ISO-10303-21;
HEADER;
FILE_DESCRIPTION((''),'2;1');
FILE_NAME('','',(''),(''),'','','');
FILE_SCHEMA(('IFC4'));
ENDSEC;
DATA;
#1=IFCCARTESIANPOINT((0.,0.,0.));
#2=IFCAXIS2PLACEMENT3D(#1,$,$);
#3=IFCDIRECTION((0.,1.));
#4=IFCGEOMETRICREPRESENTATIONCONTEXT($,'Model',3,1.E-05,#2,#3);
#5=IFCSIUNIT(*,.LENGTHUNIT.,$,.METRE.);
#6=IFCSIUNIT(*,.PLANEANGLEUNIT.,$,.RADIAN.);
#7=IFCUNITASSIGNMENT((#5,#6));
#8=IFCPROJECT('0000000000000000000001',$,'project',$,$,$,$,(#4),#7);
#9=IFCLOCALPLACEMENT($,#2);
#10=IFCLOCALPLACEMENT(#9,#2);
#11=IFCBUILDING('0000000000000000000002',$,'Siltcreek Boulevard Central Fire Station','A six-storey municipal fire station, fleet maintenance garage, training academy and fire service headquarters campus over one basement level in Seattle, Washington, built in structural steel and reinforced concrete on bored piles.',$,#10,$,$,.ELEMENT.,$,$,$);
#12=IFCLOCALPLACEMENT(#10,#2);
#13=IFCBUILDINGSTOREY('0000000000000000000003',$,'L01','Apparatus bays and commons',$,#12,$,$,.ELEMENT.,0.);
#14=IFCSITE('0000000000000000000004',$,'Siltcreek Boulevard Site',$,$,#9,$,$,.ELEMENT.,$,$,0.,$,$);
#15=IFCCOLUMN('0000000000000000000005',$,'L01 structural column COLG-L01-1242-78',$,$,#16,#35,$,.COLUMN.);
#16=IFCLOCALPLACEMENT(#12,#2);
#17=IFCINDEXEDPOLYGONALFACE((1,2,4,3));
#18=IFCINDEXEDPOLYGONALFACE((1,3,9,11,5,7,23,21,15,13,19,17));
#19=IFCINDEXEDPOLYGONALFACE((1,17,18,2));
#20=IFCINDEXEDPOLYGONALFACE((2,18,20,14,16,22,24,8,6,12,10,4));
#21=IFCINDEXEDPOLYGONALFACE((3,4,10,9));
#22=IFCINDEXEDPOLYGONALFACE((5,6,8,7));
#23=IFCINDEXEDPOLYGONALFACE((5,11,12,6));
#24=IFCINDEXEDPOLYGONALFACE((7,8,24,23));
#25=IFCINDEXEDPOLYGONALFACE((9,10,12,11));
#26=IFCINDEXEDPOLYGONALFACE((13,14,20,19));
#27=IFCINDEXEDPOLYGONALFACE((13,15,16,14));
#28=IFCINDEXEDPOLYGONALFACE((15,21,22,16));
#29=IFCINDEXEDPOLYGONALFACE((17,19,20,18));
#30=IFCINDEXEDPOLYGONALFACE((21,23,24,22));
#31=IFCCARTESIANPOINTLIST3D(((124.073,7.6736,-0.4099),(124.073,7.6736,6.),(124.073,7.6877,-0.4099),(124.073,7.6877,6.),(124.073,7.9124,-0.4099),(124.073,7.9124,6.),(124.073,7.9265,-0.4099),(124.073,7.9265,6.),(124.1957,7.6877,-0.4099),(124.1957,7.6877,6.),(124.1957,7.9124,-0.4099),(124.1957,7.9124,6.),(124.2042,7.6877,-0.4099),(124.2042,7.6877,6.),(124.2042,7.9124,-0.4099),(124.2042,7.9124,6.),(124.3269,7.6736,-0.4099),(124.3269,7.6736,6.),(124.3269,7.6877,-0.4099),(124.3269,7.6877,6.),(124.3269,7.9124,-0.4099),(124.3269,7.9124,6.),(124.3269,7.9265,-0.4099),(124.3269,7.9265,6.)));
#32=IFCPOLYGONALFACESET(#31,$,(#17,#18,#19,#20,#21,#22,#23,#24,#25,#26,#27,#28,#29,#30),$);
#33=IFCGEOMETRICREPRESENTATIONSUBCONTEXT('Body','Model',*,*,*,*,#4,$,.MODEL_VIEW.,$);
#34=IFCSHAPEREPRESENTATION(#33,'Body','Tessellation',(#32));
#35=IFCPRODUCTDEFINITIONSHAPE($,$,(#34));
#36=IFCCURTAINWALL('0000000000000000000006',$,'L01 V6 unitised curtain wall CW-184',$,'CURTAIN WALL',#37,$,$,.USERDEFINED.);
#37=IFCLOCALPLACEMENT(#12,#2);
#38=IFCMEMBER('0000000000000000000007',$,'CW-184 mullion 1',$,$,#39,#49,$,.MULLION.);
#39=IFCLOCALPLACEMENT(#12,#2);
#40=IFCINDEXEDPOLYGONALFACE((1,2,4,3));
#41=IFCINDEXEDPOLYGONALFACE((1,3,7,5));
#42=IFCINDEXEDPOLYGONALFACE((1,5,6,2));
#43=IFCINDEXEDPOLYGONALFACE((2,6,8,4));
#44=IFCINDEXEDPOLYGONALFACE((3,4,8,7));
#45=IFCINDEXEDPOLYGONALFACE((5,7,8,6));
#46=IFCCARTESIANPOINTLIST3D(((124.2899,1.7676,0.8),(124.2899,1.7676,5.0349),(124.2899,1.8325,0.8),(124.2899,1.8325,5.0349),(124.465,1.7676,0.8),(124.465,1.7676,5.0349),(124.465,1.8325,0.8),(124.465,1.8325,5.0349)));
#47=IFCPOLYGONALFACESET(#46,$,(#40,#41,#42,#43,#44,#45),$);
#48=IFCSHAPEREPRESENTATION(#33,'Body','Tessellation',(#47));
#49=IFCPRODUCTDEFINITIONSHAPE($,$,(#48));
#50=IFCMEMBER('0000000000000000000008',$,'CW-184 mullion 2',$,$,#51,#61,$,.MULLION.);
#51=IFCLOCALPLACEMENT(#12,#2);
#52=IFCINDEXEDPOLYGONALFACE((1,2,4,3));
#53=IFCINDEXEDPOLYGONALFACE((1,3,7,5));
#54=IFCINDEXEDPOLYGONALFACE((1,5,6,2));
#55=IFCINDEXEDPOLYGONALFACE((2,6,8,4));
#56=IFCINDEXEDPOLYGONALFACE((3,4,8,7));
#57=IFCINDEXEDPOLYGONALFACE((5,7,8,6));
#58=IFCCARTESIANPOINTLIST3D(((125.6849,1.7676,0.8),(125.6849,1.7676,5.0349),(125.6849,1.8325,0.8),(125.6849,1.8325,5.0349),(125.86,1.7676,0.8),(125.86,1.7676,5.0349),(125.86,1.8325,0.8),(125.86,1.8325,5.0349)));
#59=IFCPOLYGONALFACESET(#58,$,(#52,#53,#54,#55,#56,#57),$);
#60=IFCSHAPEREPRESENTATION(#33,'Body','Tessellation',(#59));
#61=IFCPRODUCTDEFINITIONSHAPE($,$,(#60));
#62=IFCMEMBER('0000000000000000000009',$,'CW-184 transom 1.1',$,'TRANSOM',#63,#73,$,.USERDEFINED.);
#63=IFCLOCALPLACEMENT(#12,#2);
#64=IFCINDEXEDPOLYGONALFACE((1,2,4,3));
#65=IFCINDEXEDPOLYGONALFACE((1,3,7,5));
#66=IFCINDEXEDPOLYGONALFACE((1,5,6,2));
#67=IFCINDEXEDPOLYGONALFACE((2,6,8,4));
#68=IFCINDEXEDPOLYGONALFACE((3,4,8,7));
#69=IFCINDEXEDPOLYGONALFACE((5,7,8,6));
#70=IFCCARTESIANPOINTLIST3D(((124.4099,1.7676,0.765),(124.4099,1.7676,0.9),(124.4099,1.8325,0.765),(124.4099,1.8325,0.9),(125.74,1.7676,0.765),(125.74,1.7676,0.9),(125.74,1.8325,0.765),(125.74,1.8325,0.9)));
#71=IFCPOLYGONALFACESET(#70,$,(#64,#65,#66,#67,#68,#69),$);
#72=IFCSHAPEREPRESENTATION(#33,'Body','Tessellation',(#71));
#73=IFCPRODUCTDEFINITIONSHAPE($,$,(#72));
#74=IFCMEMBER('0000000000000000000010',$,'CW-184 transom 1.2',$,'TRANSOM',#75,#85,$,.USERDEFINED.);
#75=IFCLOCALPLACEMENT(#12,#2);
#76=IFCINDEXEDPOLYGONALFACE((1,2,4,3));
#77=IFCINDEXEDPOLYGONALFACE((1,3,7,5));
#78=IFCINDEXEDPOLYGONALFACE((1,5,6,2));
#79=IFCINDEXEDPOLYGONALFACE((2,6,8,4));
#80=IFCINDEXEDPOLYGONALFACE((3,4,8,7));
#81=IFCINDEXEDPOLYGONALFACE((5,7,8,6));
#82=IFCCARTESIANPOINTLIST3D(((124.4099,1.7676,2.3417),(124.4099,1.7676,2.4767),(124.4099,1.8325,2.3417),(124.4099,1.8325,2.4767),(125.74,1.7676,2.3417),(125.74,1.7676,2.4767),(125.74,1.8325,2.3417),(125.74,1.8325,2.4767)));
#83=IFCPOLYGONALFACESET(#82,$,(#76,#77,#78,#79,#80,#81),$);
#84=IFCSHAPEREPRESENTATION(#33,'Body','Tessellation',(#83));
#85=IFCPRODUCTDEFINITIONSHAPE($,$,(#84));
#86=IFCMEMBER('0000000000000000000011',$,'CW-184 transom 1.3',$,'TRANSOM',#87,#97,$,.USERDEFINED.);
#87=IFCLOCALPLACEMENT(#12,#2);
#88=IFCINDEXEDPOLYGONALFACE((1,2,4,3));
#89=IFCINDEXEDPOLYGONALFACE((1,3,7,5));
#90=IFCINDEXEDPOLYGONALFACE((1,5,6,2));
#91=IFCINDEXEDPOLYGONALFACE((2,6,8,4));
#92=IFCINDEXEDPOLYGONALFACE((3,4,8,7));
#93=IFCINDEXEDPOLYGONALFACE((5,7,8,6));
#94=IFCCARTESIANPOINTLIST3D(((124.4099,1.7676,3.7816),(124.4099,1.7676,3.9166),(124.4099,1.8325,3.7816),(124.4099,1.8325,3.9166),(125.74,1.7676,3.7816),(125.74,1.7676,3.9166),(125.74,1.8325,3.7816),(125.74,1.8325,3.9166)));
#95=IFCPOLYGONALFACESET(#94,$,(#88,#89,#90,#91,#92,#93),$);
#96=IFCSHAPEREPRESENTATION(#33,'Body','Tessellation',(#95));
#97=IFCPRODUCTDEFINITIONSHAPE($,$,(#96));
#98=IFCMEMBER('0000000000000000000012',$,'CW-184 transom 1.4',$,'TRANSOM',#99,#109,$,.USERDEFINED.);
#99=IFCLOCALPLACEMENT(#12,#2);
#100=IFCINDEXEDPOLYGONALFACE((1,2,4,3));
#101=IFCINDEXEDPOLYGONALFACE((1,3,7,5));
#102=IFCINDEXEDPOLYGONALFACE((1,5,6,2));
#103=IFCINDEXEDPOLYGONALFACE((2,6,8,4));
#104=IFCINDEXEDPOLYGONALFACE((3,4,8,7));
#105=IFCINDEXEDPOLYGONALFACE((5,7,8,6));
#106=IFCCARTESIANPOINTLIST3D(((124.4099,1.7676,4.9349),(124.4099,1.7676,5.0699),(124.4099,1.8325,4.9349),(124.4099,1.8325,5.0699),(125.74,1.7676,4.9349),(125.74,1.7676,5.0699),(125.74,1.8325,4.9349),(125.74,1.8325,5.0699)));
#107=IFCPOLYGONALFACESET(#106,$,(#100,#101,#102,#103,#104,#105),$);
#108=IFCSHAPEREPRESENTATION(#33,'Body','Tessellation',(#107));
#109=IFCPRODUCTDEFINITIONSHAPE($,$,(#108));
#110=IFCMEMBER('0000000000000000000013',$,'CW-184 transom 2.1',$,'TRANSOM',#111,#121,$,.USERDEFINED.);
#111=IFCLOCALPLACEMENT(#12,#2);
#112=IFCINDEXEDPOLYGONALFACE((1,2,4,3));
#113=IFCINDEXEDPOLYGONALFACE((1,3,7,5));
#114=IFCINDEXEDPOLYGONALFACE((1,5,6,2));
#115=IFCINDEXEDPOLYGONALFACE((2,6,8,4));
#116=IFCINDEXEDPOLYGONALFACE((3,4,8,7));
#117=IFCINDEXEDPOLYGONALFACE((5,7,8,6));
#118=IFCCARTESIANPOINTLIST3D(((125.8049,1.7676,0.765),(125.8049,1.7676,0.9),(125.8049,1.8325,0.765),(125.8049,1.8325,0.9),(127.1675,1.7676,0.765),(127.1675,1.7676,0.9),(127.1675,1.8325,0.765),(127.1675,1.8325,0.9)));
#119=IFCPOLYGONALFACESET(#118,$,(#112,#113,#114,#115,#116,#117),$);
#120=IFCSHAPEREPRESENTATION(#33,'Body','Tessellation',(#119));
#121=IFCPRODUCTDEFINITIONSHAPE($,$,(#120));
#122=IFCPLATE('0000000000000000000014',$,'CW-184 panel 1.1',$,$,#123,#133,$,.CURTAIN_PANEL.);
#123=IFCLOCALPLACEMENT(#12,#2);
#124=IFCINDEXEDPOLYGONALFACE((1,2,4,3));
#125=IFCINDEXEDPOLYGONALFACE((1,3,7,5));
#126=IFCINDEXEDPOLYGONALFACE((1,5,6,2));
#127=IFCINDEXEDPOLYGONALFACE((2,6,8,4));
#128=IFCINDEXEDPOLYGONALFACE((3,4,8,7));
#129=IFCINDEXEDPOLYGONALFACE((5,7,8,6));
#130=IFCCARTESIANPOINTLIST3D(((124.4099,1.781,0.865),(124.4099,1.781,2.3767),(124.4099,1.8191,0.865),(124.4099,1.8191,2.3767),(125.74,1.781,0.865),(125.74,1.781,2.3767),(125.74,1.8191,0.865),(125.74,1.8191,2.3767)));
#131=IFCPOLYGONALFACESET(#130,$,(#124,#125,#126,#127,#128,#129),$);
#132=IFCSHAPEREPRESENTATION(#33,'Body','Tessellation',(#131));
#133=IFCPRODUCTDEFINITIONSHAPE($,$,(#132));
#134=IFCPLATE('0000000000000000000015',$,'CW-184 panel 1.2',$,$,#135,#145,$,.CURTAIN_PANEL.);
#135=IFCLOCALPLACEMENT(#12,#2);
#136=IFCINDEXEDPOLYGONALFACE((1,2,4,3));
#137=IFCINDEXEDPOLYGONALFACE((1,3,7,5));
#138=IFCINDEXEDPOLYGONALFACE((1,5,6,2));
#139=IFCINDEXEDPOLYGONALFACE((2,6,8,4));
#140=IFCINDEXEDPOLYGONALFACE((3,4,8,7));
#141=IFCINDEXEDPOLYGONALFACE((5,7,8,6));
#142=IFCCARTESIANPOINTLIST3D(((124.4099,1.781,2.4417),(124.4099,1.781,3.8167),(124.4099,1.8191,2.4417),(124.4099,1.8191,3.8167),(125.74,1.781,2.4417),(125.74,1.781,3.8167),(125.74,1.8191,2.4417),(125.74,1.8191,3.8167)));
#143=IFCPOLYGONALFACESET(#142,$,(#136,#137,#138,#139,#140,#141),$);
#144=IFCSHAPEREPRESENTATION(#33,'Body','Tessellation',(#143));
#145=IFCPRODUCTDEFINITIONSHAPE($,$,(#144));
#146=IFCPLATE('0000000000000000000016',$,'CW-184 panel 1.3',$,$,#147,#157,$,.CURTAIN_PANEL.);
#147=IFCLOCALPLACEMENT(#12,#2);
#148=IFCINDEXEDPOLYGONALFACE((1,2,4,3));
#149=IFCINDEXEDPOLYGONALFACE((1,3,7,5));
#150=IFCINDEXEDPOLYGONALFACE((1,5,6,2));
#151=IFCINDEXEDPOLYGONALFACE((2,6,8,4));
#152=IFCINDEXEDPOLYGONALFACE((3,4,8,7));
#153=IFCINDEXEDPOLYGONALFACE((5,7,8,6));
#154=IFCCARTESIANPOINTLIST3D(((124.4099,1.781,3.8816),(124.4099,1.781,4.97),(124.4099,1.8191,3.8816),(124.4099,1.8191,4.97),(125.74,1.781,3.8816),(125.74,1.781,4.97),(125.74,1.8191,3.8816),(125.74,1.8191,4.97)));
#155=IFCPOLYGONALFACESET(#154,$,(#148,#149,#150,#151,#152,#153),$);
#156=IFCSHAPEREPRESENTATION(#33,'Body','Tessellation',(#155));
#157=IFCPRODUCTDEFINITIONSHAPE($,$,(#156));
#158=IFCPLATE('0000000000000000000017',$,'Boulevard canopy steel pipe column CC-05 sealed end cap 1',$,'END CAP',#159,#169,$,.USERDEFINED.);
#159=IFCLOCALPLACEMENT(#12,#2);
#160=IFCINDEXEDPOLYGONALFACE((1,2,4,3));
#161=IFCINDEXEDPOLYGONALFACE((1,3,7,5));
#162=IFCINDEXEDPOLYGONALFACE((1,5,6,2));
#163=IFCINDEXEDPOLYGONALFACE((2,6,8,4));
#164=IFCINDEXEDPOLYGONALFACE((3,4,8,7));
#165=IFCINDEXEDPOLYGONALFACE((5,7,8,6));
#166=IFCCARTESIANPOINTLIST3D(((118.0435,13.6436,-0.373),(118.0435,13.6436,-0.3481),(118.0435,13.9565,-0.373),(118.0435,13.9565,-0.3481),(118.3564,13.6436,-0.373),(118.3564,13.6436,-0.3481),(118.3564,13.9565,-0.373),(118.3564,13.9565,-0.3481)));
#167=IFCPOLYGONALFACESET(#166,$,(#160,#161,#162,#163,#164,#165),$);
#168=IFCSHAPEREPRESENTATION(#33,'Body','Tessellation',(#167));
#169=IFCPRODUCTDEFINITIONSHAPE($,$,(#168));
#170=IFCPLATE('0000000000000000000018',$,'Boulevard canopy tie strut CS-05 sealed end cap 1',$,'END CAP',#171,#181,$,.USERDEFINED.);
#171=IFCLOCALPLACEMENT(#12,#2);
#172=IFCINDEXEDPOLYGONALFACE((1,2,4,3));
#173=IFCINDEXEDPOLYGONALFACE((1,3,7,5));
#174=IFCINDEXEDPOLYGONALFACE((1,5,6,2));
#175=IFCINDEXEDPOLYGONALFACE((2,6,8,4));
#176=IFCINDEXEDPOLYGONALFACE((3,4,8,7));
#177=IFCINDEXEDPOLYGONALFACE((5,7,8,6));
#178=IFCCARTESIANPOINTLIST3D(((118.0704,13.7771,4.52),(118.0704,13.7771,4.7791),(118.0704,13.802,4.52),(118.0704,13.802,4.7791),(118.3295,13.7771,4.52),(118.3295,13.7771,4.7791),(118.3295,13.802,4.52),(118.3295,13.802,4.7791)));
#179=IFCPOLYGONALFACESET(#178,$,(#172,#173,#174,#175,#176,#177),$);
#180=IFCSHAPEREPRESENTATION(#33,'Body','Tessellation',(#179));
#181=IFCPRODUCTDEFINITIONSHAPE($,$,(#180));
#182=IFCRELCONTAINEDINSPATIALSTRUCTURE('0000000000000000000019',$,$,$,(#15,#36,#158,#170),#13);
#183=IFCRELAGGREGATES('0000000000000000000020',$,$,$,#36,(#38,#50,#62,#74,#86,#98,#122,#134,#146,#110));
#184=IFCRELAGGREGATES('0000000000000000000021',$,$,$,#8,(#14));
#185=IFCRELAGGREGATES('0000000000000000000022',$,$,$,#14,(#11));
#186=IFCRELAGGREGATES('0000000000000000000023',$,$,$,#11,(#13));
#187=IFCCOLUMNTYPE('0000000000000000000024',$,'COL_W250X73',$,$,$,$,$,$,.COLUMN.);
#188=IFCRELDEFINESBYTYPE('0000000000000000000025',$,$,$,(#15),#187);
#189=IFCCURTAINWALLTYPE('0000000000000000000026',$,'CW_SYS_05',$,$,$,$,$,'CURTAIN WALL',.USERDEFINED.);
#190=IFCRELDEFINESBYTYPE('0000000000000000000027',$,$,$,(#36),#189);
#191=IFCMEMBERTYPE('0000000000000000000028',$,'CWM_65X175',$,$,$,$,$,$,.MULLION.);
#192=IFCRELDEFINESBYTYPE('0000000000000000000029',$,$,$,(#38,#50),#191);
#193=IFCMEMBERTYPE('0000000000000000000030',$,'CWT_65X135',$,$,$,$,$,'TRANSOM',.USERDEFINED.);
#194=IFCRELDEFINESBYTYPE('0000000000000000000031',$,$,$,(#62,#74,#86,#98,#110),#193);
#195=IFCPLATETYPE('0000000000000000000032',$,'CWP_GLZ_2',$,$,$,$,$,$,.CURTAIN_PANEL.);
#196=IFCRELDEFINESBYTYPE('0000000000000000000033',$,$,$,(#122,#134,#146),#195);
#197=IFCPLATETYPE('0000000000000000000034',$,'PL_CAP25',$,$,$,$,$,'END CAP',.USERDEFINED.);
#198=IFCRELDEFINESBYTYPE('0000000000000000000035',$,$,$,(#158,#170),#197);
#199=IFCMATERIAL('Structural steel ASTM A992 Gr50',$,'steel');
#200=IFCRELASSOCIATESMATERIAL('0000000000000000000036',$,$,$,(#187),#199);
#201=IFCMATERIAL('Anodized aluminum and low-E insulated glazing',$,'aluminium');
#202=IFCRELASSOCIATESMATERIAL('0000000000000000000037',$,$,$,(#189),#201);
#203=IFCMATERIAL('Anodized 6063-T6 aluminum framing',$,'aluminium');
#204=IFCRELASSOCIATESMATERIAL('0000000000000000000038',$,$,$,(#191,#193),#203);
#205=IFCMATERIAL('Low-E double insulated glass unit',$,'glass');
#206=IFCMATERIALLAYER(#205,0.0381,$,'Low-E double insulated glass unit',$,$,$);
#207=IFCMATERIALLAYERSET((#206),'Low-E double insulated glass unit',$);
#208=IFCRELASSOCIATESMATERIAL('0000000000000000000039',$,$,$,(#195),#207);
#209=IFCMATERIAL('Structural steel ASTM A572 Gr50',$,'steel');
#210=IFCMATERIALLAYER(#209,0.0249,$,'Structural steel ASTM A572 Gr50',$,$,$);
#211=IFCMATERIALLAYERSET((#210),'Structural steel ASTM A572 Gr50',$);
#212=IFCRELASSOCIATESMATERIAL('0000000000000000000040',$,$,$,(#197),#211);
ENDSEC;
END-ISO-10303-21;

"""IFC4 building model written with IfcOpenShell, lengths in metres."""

from ifc_helpers import new_model, si_unit, direction, frame, origin, origin_2d, place, context, subcontext, project, spatial, rectangle, i_section, extrude, material, layer, layer_set, material_profile, profile_set, type_object, element, aggregate, save


model = new_model("IFC4")

# Units and contexts
model_context = context("Model", 3, precision=1e-05, world=origin(), true_north=direction((0.0, 1.0)))
body_context = subcontext(model_context, "Body", "Model", "MODEL_VIEW")
ifc_project = project(units=[si_unit("LENGTHUNIT", "METRE"), si_unit("PLANEANGLEUNIT", "RADIAN")], contexts=[model_context])

# Site, building, storey
site_placement = place(None, origin())
site = spatial("IfcSite", under=ifc_project, at=site_placement, Name="Siltcreek Boulevard Site", CompositionType="ELEMENT", RefElevation=0.0)
building_placement = place(site_placement, origin())
building = spatial("IfcBuilding", under=site, at=building_placement, Name="Siltcreek Boulevard Central Fire Station", Description="A six-storey municipal fire station, fleet maintenance garage, training academy and fire service headquarters campus over one basement level in Seattle, Washington, built in structural steel and reinforced concrete on bored piles.", CompositionType="ELEMENT")
storey_placement = place(building_placement, origin())
storey = spatial("IfcBuildingStorey", under=building, at=storey_placement, Name="L01", Description="Apparatus bays and commons", CompositionType="ELEMENT", Elevation=0.0)

# Column
ifc_material_1 = material(Name="Structural steel ASTM A992 Gr50", Category="steel")
ifc_material_profile_1 = material_profile(ifc_material_1, i_section(OverallWidth=0.2539, OverallDepth=0.2529, WebThickness=0.0085, FlangeThickness=0.0142, at=origin_2d()), Name="W250X73")
ifc_profile_set_1 = profile_set([ifc_material_profile_1], Name="Structural steel ASTM A992 Gr50")
column_type_1 = type_object("IfcColumnType", Name="COL_W250X73", PredefinedType="COLUMN", material=ifc_profile_set_1)
for number, where, z_axis, x_axis, name in (
    (1, (124.2, 7.8, -0.4099), (0.0, 0.0, 1.0), (1.0, 0.0, 0.0), "L01 structural column COLG-L01-1242-78"),
):
    element("IfcColumn", number, at=place(storey_placement, frame(where, z_axis=z_axis, x_axis=x_axis)), inside=storey, type_object=column_type_1, Name=name, PredefinedType="COLUMN", context=body_context, shape_type="SweptSolid", body=[
        extrude(i_section(OverallWidth=0.2539, OverallDepth=0.2529, WebThickness=0.0085, FlangeThickness=0.0142, at=origin_2d()), origin(), (0.0, 0.0, 1.0), 6.4099),
    ])

# Curtain wall, members, plates
ifc_material_2 = material(Name="Anodized aluminum and low-E insulated glazing", Category="aluminium")
curtain_wall_type = type_object("IfcCurtainWallType", Name="CW_SYS_05", ElementType="CURTAIN WALL", PredefinedType="USERDEFINED", material=ifc_material_2)
curtain_wall_placement = place(storey_placement, origin())
curtain_wall = element("IfcCurtainWall", 2, at=curtain_wall_placement, inside=storey, type_object=curtain_wall_type, Name="L01 V6 unitised curtain wall CW-184", ObjectType="CURTAIN WALL", PredefinedType="USERDEFINED")
ifc_material_3 = material(Name="Anodized 6063-T6 aluminum framing", Category="aluminium")
ifc_material_profile_2 = material_profile(ifc_material_3, rectangle(XDim=0.0649, YDim=0.175, at=origin_2d()), Name="MULL65X175")
ifc_profile_set_2 = profile_set([ifc_material_profile_2], Name="Anodized 6063-T6 aluminum framing")
member_type_1 = type_object("IfcMemberType", Name="CWM_65X175", PredefinedType="MULLION", material=ifc_profile_set_2)
member_1_placement = place(storey_placement, frame((124.3774, 1.8, 0.8), z_axis=(0.0, 0.0, 1.0), x_axis=(0.0, 1.0, 0.0)))
member_1 = element("IfcMember", 3, at=member_1_placement, type_object=member_type_1, Name="CW-184 mullion 1", PredefinedType="MULLION", context=body_context, shape_type="SweptSolid", body=[
    extrude(rectangle(XDim=0.0649, YDim=0.175, at=origin_2d()), origin(), (0.0, 0.0, 1.0), 4.2349),
])
member_2_placement = place(storey_placement, frame((125.7725, 1.8, 0.8), z_axis=(0.0, 0.0, 1.0), x_axis=(0.0, 1.0, 0.0)))
member_2 = element("IfcMember", 4, at=member_2_placement, type_object=member_type_1, Name="CW-184 mullion 2", PredefinedType="MULLION", context=body_context, shape_type="SweptSolid", body=[
    extrude(rectangle(XDim=0.0649, YDim=0.175, at=origin_2d()), origin(), (0.0, 0.0, 1.0), 4.2349),
])
ifc_material_profile_3 = material_profile(ifc_material_3, rectangle(XDim=0.0649, YDim=0.135, at=origin_2d()), Name="TRAN65X135")
ifc_profile_set_3 = profile_set([ifc_material_profile_3], Name="Anodized 6063-T6 aluminum framing")
member_type_2 = type_object("IfcMemberType", Name="CWT_65X135", ElementType="TRANSOM", PredefinedType="USERDEFINED", material=ifc_profile_set_3)
member_3_placement = place(storey_placement, frame((124.4099, 1.8, 0.8325), z_axis=(1.0, 0.0, 0.0), x_axis=(0.0, 1.0, 0.0)))
member_3 = element("IfcMember", 5, at=member_3_placement, type_object=member_type_2, Name="CW-184 transom 1.1", ObjectType="TRANSOM", PredefinedType="USERDEFINED", context=body_context, shape_type="SweptSolid", body=[
    extrude(rectangle(XDim=0.0649, YDim=0.135, at=origin_2d()), origin(), (0.0, 0.0, 1.0), 1.3301),
])
member_4_placement = place(storey_placement, frame((124.4099, 1.8, 2.4092), z_axis=(1.0, 0.0, 0.0), x_axis=(0.0, 1.0, 0.0)))
member_4 = element("IfcMember", 6, at=member_4_placement, type_object=member_type_2, Name="CW-184 transom 1.2", ObjectType="TRANSOM", PredefinedType="USERDEFINED", context=body_context, shape_type="SweptSolid", body=[
    extrude(rectangle(XDim=0.0649, YDim=0.135, at=origin_2d()), origin(), (0.0, 0.0, 1.0), 1.3301),
])
member_5_placement = place(storey_placement, frame((124.4099, 1.8, 3.8491), z_axis=(1.0, 0.0, 0.0), x_axis=(0.0, 1.0, 0.0)))
member_5 = element("IfcMember", 7, at=member_5_placement, type_object=member_type_2, Name="CW-184 transom 1.3", ObjectType="TRANSOM", PredefinedType="USERDEFINED", context=body_context, shape_type="SweptSolid", body=[
    extrude(rectangle(XDim=0.0649, YDim=0.135, at=origin_2d()), origin(), (0.0, 0.0, 1.0), 1.3301),
])
member_6_placement = place(storey_placement, frame((124.4099, 1.8, 5.0024), z_axis=(1.0, 0.0, 0.0), x_axis=(0.0, 1.0, 0.0)))
member_6 = element("IfcMember", 8, at=member_6_placement, type_object=member_type_2, Name="CW-184 transom 1.4", ObjectType="TRANSOM", PredefinedType="USERDEFINED", context=body_context, shape_type="SweptSolid", body=[
    extrude(rectangle(XDim=0.0649, YDim=0.135, at=origin_2d()), origin(), (0.0, 0.0, 1.0), 1.3301),
])
member_7_placement = place(storey_placement, frame((125.8049, 1.8, 0.8325), z_axis=(1.0, 0.0, 0.0), x_axis=(0.0, 1.0, 0.0)))
member_7 = element("IfcMember", 9, at=member_7_placement, type_object=member_type_2, Name="CW-184 transom 2.1", ObjectType="TRANSOM", PredefinedType="USERDEFINED", context=body_context, shape_type="SweptSolid", body=[
    extrude(rectangle(XDim=0.0649, YDim=0.135, at=origin_2d()), origin(), (0.0, 0.0, 1.0), 1.3625),
])
ifc_material_4 = material(Name="Low-E double insulated glass unit", Category="glass")
ifc_layer_1 = layer(ifc_material_4, 0.0381, Name="Low-E double insulated glass unit")
ifc_layer_set_1 = layer_set([ifc_layer_1], Name="Low-E double insulated glass unit")
plate_type_1 = type_object("IfcPlateType", Name="CWP_GLZ_2", PredefinedType="CURTAIN_PANEL", material=ifc_layer_set_1)
plate_1_placement = place(storey_placement, frame((125.075, 1.8, 0.865), z_axis=(0.0, 0.0, 1.0), x_axis=(1.0, 0.0, 0.0)))
plate_1 = element("IfcPlate", 10, at=plate_1_placement, type_object=plate_type_1, Name="CW-184 panel 1.1", PredefinedType="CURTAIN_PANEL", context=body_context, shape_type="SweptSolid", body=[
    extrude(rectangle(XDim=1.3301, YDim=0.0381, at=origin_2d()), origin(), (0.0, 0.0, 1.0), 1.5117),
])
plate_2_placement = place(storey_placement, frame((125.075, 1.8, 2.4417), z_axis=(0.0, 0.0, 1.0), x_axis=(1.0, 0.0, 0.0)))
plate_2 = element("IfcPlate", 11, at=plate_2_placement, type_object=plate_type_1, Name="CW-184 panel 1.2", PredefinedType="CURTAIN_PANEL", context=body_context, shape_type="SweptSolid", body=[
    extrude(rectangle(XDim=1.3301, YDim=0.0381, at=origin_2d()), origin(), (0.0, 0.0, 1.0), 1.375),
])
plate_3_placement = place(storey_placement, frame((125.075, 1.8, 3.8816), z_axis=(0.0, 0.0, 1.0), x_axis=(1.0, 0.0, 0.0)))
plate_3 = element("IfcPlate", 12, at=plate_3_placement, type_object=plate_type_1, Name="CW-184 panel 1.3", PredefinedType="CURTAIN_PANEL", context=body_context, shape_type="SweptSolid", body=[
    extrude(rectangle(XDim=1.3301, YDim=0.0381, at=origin_2d()), origin(), (0.0, 0.0, 1.0), 1.0884),
])
aggregate(curtain_wall, [member_1, member_2, member_3, member_4, member_5, member_6, plate_1, plate_2, plate_3, member_7])

# Plates
ifc_material_5 = material(Name="Structural steel ASTM A572 Gr50", Category="steel")
ifc_layer_2 = layer(ifc_material_5, 0.0249, Name="Structural steel ASTM A572 Gr50")
ifc_layer_set_2 = layer_set([ifc_layer_2], Name="Structural steel ASTM A572 Gr50")
plate_type_2 = type_object("IfcPlateType", Name="PL_CAP25", ElementType="END CAP", PredefinedType="USERDEFINED", material=ifc_layer_set_2)
plate_4_placement = place(storey_placement, frame((118.2, 13.8, -0.373), z_axis=(0.0, 0.0, 1.0), x_axis=(1.0, 0.0, 0.0)))
element("IfcPlate", 13, at=plate_4_placement, inside=storey, type_object=plate_type_2, Name="Boulevard canopy steel pipe column CC-05 sealed end cap 1", ObjectType="END CAP", PredefinedType="USERDEFINED", context=body_context, shape_type="SweptSolid", body=[
    extrude(rectangle(XDim=0.313, YDim=0.313, at=origin_2d()), origin(), (0.0, 0.0, 1.0), 0.0249),
])
plate_5_placement = place(storey_placement, frame((118.2, 13.7896, 4.52), z_axis=(0.0, 0.0, 1.0), x_axis=(0.0, 1.0, 0.0)))
element("IfcPlate", 14, at=plate_5_placement, inside=storey, type_object=plate_type_2, Name="Boulevard canopy tie strut CS-05 sealed end cap 1", ObjectType="END CAP", PredefinedType="USERDEFINED", context=body_context, shape_type="SweptSolid", body=[
    extrude(rectangle(XDim=0.0249, YDim=0.259, at=origin_2d()), origin(), (0.0, 0.0, 1.0), 0.259),
])

save(model, "model.ifc")
